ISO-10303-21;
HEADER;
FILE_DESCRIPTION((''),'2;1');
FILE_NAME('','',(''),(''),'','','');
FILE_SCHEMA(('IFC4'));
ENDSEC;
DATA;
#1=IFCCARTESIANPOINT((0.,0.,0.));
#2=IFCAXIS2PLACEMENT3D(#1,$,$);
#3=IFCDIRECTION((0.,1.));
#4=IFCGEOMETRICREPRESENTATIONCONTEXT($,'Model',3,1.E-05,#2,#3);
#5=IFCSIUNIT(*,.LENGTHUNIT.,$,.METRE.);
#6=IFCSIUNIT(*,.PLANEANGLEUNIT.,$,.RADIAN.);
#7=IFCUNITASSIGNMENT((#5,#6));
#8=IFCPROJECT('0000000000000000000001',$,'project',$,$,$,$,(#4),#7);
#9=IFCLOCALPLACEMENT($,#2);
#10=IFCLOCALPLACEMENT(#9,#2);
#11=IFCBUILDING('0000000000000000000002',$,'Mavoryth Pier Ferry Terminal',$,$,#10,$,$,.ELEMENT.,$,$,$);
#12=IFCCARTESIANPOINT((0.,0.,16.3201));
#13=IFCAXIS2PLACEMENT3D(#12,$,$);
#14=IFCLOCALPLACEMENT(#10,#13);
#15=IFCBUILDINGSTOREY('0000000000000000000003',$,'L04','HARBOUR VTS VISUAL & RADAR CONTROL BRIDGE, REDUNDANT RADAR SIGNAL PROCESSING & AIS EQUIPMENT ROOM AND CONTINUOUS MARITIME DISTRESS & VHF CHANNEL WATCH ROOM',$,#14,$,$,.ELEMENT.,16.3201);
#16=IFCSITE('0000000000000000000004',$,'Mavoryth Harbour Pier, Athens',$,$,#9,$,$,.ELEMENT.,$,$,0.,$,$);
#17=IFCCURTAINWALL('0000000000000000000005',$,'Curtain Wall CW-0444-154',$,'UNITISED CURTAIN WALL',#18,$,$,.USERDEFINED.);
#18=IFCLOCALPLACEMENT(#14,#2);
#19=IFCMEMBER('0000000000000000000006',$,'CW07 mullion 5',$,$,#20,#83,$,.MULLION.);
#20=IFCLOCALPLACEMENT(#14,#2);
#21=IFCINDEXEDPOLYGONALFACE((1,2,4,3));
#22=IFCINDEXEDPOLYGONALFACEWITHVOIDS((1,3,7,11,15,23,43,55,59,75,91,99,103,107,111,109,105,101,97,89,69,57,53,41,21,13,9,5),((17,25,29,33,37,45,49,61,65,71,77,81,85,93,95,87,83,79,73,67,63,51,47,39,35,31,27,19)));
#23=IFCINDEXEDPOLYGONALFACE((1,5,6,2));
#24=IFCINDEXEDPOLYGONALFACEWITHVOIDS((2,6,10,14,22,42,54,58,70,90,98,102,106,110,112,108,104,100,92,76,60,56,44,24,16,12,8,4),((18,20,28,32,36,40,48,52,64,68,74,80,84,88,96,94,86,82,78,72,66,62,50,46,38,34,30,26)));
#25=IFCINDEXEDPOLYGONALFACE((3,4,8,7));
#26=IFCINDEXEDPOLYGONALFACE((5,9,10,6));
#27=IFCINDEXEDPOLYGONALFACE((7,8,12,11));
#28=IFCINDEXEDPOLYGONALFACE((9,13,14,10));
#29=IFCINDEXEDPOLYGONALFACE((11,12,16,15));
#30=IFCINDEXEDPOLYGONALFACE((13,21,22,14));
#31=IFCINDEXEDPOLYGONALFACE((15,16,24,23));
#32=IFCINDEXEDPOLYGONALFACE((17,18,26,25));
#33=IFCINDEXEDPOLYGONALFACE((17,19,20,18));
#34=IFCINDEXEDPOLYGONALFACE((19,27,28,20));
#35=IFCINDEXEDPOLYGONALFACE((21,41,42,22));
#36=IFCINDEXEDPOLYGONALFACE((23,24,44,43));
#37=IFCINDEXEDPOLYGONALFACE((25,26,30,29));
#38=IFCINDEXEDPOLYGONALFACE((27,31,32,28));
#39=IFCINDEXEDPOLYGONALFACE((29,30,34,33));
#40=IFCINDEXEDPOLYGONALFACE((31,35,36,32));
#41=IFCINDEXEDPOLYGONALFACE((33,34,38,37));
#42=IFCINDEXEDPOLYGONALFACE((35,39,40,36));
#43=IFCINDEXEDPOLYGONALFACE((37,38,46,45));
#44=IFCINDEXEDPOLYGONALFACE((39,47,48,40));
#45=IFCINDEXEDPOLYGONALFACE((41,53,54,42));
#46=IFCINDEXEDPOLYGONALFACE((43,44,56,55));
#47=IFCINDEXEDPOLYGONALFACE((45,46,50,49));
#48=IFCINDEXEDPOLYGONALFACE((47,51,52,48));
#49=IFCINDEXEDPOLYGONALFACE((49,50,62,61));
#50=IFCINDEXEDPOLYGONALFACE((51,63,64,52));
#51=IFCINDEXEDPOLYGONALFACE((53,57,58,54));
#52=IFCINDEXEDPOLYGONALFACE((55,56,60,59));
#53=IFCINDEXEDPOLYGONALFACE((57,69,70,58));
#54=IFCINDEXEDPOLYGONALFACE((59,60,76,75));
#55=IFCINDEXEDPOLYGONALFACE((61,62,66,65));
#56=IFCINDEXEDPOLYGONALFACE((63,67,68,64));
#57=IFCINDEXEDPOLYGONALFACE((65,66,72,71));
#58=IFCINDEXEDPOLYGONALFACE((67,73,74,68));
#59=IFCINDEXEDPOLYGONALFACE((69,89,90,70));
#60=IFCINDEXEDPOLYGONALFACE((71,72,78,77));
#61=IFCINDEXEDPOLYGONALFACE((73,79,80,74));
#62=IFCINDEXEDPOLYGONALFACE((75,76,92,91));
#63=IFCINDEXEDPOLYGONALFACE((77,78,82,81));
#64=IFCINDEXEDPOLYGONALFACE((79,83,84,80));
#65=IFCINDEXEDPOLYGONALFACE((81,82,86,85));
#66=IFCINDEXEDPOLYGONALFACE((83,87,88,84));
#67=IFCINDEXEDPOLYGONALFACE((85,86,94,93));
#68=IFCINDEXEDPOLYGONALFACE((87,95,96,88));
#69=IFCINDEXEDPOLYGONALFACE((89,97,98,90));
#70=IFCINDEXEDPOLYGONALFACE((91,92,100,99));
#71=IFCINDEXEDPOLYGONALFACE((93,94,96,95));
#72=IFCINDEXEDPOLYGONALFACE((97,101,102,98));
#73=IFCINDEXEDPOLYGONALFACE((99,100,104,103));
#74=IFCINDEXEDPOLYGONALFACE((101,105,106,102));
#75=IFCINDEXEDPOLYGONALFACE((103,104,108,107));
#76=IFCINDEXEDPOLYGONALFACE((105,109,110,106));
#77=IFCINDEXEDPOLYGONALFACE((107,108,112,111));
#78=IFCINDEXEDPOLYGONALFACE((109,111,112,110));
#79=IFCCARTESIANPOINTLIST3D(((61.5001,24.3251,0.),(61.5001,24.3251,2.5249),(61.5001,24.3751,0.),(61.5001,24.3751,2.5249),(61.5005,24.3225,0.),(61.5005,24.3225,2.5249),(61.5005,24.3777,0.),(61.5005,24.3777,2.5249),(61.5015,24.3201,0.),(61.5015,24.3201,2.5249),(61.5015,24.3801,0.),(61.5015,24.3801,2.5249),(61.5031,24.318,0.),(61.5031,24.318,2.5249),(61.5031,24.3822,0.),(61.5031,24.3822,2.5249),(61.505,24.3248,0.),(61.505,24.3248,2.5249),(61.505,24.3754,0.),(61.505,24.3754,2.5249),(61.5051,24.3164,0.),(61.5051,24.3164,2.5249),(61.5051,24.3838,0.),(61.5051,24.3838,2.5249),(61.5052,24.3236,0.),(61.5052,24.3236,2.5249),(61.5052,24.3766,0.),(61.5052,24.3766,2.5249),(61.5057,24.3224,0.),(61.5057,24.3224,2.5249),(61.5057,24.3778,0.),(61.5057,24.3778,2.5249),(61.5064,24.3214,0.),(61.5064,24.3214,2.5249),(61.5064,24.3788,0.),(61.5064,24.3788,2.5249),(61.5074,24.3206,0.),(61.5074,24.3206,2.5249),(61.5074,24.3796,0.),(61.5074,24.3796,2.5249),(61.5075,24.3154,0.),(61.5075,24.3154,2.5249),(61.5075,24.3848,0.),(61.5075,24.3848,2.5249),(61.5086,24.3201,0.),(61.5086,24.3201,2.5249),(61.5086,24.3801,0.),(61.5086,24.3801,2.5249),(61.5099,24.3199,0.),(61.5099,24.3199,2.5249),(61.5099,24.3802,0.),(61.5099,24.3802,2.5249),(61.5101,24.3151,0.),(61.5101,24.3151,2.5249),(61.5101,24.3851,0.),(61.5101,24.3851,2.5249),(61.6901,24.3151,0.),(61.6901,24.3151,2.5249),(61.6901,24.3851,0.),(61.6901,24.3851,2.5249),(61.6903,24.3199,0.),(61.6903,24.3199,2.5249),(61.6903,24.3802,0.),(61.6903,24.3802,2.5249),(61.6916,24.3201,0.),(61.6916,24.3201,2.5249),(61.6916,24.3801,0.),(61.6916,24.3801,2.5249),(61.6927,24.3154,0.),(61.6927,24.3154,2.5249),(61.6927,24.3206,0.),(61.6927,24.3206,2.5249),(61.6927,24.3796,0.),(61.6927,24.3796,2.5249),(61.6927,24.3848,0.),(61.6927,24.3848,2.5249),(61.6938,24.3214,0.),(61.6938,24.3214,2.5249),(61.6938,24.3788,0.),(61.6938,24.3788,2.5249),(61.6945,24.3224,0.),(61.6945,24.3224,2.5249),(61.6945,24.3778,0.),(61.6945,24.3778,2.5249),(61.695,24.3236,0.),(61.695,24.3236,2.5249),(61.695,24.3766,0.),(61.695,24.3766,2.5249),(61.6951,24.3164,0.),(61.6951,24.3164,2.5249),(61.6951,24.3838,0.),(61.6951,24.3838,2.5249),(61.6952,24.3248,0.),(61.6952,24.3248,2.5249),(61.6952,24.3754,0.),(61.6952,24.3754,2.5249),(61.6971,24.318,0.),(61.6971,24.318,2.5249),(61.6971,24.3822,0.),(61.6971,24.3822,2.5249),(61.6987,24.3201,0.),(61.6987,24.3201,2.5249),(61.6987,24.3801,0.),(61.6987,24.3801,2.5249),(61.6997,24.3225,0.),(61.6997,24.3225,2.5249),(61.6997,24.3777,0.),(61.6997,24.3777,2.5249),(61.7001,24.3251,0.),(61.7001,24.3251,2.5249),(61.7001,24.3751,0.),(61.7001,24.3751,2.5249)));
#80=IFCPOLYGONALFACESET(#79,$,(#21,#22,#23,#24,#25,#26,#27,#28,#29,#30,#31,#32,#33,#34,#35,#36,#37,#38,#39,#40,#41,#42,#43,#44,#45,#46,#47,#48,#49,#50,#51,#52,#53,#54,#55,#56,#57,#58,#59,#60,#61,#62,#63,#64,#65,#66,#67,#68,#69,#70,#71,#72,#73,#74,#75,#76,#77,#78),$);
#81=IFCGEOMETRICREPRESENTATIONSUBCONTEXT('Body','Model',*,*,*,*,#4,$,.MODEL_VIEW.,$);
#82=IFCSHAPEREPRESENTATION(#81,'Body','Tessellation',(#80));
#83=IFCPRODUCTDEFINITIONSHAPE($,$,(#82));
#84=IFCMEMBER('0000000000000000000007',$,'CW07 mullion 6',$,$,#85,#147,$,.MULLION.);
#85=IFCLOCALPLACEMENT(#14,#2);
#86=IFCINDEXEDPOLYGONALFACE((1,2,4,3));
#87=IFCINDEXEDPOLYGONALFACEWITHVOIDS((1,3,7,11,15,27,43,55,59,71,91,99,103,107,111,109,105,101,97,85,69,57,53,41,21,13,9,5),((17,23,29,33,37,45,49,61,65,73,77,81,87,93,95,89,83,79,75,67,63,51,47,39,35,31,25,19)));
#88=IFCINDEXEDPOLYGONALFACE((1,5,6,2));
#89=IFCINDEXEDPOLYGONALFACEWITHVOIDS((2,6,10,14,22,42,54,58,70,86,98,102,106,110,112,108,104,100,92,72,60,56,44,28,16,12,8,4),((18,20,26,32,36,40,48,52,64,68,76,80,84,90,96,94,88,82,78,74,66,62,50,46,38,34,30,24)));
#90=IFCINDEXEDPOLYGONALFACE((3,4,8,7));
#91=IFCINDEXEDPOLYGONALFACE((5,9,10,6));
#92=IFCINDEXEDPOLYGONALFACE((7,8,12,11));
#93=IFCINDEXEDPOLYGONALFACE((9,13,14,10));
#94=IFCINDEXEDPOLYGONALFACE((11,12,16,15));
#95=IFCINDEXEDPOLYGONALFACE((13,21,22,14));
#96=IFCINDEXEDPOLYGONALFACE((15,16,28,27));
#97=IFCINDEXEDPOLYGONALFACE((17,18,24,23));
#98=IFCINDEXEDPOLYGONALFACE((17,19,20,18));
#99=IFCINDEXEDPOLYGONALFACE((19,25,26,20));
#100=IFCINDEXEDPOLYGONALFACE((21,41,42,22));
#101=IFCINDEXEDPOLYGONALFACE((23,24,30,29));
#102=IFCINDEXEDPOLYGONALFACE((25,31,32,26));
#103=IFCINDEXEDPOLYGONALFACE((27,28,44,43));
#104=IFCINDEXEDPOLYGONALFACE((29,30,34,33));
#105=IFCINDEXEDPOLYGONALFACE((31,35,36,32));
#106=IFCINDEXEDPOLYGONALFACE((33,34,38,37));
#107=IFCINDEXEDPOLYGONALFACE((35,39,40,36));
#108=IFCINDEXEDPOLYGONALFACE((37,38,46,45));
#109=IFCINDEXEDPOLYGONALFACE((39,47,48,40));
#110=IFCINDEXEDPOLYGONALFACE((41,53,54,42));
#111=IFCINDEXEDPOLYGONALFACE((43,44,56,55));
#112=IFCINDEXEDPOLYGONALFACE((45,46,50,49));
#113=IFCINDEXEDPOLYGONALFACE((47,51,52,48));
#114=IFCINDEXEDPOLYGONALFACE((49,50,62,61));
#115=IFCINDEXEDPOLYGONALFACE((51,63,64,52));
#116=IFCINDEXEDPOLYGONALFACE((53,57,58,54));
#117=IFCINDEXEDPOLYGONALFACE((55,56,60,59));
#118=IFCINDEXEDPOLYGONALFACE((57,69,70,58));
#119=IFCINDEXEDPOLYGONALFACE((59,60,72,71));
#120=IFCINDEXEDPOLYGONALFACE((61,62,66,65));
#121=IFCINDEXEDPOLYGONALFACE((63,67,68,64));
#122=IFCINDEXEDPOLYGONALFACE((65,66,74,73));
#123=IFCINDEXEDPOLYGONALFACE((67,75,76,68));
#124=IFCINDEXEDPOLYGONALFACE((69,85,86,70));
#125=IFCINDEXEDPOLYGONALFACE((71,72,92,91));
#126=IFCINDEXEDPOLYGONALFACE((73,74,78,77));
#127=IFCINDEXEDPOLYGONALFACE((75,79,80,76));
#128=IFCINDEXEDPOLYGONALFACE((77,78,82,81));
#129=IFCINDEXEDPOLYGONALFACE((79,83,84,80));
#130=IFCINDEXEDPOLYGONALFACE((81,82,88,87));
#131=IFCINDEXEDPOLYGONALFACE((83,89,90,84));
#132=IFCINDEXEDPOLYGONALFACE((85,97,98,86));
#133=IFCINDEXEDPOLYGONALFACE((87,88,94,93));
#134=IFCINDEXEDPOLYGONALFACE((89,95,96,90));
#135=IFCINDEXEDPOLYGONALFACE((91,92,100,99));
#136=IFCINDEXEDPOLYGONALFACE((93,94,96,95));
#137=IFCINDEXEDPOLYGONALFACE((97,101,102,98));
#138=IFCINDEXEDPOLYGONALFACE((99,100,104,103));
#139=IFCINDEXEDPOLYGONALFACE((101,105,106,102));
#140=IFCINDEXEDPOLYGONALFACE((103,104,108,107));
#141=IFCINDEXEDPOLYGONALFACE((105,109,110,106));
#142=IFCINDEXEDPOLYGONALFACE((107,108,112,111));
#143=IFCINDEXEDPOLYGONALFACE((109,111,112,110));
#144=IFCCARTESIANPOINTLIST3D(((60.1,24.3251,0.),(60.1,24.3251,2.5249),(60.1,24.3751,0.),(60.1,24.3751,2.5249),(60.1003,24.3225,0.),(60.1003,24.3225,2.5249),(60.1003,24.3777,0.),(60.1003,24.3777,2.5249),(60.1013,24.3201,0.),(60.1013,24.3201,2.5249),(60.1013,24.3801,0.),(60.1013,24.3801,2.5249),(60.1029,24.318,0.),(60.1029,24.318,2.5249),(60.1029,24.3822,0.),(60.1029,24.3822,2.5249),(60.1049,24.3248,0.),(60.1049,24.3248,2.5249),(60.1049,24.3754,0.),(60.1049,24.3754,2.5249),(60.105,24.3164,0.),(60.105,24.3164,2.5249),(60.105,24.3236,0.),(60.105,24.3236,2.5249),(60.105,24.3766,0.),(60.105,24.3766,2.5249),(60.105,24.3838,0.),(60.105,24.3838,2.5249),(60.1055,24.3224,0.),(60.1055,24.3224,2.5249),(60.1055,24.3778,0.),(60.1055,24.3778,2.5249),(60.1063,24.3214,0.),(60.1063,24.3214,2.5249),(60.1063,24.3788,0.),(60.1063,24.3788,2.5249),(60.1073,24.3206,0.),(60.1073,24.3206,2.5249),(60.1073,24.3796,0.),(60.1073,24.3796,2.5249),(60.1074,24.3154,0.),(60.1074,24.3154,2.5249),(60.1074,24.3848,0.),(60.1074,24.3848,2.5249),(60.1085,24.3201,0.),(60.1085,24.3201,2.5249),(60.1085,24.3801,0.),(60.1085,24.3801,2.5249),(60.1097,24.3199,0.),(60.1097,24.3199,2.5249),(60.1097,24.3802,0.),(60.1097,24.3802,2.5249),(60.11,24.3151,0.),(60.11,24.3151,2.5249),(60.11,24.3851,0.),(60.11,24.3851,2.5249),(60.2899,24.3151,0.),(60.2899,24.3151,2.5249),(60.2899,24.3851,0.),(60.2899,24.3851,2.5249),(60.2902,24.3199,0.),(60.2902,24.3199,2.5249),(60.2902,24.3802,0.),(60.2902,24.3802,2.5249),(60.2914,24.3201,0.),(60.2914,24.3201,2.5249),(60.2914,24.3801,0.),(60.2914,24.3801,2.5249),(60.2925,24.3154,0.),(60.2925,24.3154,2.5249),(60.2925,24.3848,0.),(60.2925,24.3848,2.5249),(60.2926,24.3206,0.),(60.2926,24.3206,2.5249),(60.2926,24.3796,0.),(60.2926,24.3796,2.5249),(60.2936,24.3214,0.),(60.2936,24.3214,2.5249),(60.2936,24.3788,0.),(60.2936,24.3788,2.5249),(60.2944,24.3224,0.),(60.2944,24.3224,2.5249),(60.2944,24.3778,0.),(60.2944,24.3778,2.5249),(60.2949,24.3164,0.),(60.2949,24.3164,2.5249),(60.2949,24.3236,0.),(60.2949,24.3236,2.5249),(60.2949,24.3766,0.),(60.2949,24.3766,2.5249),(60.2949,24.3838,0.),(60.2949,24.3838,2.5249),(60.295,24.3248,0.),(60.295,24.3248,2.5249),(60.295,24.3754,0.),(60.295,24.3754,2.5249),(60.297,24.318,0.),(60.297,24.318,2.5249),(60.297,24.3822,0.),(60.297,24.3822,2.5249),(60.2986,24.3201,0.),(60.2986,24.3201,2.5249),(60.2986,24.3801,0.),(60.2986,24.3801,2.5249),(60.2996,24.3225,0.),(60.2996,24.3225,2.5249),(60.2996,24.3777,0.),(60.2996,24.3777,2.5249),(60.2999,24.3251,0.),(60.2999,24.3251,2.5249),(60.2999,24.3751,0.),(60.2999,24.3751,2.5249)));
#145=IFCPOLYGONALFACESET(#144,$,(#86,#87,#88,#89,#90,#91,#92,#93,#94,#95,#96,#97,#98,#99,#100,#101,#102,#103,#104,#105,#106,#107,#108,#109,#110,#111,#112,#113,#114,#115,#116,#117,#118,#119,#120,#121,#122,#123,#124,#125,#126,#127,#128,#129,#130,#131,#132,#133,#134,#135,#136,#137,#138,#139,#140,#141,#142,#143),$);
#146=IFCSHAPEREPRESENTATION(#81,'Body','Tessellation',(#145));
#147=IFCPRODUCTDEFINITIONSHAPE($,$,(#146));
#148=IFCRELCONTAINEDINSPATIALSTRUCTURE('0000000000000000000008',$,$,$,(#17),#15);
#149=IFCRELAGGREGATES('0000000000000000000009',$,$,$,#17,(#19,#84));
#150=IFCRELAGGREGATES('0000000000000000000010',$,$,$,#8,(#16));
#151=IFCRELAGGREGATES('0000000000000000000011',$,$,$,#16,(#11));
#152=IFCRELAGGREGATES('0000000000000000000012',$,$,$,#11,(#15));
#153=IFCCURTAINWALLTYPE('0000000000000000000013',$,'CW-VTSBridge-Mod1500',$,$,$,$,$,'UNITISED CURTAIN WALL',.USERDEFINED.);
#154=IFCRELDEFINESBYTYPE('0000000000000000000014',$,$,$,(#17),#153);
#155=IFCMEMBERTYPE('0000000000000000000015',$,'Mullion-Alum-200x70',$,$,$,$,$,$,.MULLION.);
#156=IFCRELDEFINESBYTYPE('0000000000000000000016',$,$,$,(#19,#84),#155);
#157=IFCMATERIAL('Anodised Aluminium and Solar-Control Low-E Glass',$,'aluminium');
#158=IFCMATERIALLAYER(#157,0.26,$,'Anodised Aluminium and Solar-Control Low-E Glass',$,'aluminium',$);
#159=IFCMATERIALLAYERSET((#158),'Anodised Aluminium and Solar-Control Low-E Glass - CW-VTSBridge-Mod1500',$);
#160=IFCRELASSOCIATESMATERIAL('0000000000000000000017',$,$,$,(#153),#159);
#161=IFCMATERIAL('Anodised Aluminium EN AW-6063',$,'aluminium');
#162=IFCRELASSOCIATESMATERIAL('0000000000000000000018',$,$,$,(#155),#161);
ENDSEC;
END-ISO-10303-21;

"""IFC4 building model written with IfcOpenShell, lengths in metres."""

from ifc_helpers import new_model, si_unit, direction, frame, origin, origin_2d, place, context, subcontext, project, spatial, hollow_rectangle, extrude, material, layer, layer_set, material_profile, profile_set, type_object, element, aggregate, save


model = new_model("IFC4")

# Units and contexts
model_context = context("Model", 3, precision=1e-05, world=origin(), true_north=direction((0.0, 1.0)))
body_context = subcontext(model_context, "Body", "Model", "MODEL_VIEW")
ifc_project = project(units=[si_unit("LENGTHUNIT", "METRE"), si_unit("PLANEANGLEUNIT", "RADIAN")], contexts=[model_context])

# Site, building, storey
site_placement = place(None, origin())
site = spatial("IfcSite", under=ifc_project, at=site_placement, Name="Mavoryth Harbour Pier, Athens", CompositionType="ELEMENT", RefElevation=0.0)
building_placement = place(site_placement, origin())
building = spatial("IfcBuilding", under=site, at=building_placement, Name="Mavoryth Pier Ferry Terminal", CompositionType="ELEMENT")
storey_placement = place(building_placement, frame((0.0, 0.0, 16.3201)))
storey = spatial("IfcBuildingStorey", under=building, at=storey_placement, Name="L04", Description="HARBOUR VTS VISUAL & RADAR CONTROL BRIDGE, REDUNDANT RADAR SIGNAL PROCESSING & AIS EQUIPMENT ROOM AND CONTINUOUS MARITIME DISTRESS & VHF CHANNEL WATCH ROOM", CompositionType="ELEMENT", Elevation=16.3201)

# Curtain wall, members
ifc_material_1 = material(Name="Anodised Aluminium and Solar-Control Low-E Glass", Category="aluminium")
ifc_layer_1 = layer(ifc_material_1, 0.26, Name="Anodised Aluminium and Solar-Control Low-E Glass", Category="aluminium")
ifc_layer_set_1 = layer_set([ifc_layer_1], Name="Anodised Aluminium and Solar-Control Low-E Glass - CW-VTSBridge-Mod1500")
curtain_wall_type = type_object("IfcCurtainWallType", Name="CW-VTSBridge-Mod1500", ElementType="UNITISED CURTAIN WALL", PredefinedType="USERDEFINED", material=ifc_layer_set_1)
curtain_wall_placement = place(storey_placement, origin())
curtain_wall = element("IfcCurtainWall", 1, at=curtain_wall_placement, inside=storey, type_object=curtain_wall_type, Name="Curtain Wall CW-0444-154", ObjectType="UNITISED CURTAIN WALL", PredefinedType="USERDEFINED")
ifc_material_2 = material(Name="Anodised Aluminium EN AW-6063", Category="aluminium")
ifc_material_profile_1 = material_profile(ifc_material_2, hollow_rectangle(XDim=0.0701, YDim=0.2, WallThickness=0.0049, InnerFilletRadius=0.0049, OuterFilletRadius=0.01, at=origin_2d()), Name="AL-MULL 200x70x5", Category="aluminium")
ifc_profile_set_1 = profile_set([ifc_material_profile_1], Name="Anodised Aluminium EN AW-6063 - AL-MULL 200x70x5")
member_type_1 = type_object("IfcMemberType", Name="Mullion-Alum-200x70", PredefinedType="MULLION", material=ifc_profile_set_1)
member_1_placement = place(storey_placement, frame((61.6001, 24.3501, 0.0), z_axis=(0.0, 0.0, 1.0), x_axis=(0.0, -1.0, 0.0)))
member_1 = element("IfcMember", 2, at=member_1_placement, type_object=member_type_1, Name="CW07 mullion 5", PredefinedType="MULLION", context=body_context, shape_type="SweptSolid", body=[
    extrude(hollow_rectangle(XDim=0.0701, YDim=0.2, WallThickness=0.0049, InnerFilletRadius=0.0049, OuterFilletRadius=0.01, at=origin_2d()), origin(), (0.0, 0.0, 1.0), 2.5249),
])
member_2_placement = place(storey_placement, frame((60.2, 24.3501, 0.0), z_axis=(0.0, 0.0, 1.0), x_axis=(0.0, -1.0, 0.0)))
member_2 = element("IfcMember", 3, at=member_2_placement, type_object=member_type_1, Name="CW07 mullion 6", PredefinedType="MULLION", context=body_context, shape_type="SweptSolid", body=[
    extrude(hollow_rectangle(XDim=0.0701, YDim=0.2, WallThickness=0.0049, InnerFilletRadius=0.0049, OuterFilletRadius=0.01, at=origin_2d()), origin(), (0.0, 0.0, 1.0), 2.5249),
])
aggregate(curtain_wall, [member_1, member_2])

save(model, "model.ifc")
